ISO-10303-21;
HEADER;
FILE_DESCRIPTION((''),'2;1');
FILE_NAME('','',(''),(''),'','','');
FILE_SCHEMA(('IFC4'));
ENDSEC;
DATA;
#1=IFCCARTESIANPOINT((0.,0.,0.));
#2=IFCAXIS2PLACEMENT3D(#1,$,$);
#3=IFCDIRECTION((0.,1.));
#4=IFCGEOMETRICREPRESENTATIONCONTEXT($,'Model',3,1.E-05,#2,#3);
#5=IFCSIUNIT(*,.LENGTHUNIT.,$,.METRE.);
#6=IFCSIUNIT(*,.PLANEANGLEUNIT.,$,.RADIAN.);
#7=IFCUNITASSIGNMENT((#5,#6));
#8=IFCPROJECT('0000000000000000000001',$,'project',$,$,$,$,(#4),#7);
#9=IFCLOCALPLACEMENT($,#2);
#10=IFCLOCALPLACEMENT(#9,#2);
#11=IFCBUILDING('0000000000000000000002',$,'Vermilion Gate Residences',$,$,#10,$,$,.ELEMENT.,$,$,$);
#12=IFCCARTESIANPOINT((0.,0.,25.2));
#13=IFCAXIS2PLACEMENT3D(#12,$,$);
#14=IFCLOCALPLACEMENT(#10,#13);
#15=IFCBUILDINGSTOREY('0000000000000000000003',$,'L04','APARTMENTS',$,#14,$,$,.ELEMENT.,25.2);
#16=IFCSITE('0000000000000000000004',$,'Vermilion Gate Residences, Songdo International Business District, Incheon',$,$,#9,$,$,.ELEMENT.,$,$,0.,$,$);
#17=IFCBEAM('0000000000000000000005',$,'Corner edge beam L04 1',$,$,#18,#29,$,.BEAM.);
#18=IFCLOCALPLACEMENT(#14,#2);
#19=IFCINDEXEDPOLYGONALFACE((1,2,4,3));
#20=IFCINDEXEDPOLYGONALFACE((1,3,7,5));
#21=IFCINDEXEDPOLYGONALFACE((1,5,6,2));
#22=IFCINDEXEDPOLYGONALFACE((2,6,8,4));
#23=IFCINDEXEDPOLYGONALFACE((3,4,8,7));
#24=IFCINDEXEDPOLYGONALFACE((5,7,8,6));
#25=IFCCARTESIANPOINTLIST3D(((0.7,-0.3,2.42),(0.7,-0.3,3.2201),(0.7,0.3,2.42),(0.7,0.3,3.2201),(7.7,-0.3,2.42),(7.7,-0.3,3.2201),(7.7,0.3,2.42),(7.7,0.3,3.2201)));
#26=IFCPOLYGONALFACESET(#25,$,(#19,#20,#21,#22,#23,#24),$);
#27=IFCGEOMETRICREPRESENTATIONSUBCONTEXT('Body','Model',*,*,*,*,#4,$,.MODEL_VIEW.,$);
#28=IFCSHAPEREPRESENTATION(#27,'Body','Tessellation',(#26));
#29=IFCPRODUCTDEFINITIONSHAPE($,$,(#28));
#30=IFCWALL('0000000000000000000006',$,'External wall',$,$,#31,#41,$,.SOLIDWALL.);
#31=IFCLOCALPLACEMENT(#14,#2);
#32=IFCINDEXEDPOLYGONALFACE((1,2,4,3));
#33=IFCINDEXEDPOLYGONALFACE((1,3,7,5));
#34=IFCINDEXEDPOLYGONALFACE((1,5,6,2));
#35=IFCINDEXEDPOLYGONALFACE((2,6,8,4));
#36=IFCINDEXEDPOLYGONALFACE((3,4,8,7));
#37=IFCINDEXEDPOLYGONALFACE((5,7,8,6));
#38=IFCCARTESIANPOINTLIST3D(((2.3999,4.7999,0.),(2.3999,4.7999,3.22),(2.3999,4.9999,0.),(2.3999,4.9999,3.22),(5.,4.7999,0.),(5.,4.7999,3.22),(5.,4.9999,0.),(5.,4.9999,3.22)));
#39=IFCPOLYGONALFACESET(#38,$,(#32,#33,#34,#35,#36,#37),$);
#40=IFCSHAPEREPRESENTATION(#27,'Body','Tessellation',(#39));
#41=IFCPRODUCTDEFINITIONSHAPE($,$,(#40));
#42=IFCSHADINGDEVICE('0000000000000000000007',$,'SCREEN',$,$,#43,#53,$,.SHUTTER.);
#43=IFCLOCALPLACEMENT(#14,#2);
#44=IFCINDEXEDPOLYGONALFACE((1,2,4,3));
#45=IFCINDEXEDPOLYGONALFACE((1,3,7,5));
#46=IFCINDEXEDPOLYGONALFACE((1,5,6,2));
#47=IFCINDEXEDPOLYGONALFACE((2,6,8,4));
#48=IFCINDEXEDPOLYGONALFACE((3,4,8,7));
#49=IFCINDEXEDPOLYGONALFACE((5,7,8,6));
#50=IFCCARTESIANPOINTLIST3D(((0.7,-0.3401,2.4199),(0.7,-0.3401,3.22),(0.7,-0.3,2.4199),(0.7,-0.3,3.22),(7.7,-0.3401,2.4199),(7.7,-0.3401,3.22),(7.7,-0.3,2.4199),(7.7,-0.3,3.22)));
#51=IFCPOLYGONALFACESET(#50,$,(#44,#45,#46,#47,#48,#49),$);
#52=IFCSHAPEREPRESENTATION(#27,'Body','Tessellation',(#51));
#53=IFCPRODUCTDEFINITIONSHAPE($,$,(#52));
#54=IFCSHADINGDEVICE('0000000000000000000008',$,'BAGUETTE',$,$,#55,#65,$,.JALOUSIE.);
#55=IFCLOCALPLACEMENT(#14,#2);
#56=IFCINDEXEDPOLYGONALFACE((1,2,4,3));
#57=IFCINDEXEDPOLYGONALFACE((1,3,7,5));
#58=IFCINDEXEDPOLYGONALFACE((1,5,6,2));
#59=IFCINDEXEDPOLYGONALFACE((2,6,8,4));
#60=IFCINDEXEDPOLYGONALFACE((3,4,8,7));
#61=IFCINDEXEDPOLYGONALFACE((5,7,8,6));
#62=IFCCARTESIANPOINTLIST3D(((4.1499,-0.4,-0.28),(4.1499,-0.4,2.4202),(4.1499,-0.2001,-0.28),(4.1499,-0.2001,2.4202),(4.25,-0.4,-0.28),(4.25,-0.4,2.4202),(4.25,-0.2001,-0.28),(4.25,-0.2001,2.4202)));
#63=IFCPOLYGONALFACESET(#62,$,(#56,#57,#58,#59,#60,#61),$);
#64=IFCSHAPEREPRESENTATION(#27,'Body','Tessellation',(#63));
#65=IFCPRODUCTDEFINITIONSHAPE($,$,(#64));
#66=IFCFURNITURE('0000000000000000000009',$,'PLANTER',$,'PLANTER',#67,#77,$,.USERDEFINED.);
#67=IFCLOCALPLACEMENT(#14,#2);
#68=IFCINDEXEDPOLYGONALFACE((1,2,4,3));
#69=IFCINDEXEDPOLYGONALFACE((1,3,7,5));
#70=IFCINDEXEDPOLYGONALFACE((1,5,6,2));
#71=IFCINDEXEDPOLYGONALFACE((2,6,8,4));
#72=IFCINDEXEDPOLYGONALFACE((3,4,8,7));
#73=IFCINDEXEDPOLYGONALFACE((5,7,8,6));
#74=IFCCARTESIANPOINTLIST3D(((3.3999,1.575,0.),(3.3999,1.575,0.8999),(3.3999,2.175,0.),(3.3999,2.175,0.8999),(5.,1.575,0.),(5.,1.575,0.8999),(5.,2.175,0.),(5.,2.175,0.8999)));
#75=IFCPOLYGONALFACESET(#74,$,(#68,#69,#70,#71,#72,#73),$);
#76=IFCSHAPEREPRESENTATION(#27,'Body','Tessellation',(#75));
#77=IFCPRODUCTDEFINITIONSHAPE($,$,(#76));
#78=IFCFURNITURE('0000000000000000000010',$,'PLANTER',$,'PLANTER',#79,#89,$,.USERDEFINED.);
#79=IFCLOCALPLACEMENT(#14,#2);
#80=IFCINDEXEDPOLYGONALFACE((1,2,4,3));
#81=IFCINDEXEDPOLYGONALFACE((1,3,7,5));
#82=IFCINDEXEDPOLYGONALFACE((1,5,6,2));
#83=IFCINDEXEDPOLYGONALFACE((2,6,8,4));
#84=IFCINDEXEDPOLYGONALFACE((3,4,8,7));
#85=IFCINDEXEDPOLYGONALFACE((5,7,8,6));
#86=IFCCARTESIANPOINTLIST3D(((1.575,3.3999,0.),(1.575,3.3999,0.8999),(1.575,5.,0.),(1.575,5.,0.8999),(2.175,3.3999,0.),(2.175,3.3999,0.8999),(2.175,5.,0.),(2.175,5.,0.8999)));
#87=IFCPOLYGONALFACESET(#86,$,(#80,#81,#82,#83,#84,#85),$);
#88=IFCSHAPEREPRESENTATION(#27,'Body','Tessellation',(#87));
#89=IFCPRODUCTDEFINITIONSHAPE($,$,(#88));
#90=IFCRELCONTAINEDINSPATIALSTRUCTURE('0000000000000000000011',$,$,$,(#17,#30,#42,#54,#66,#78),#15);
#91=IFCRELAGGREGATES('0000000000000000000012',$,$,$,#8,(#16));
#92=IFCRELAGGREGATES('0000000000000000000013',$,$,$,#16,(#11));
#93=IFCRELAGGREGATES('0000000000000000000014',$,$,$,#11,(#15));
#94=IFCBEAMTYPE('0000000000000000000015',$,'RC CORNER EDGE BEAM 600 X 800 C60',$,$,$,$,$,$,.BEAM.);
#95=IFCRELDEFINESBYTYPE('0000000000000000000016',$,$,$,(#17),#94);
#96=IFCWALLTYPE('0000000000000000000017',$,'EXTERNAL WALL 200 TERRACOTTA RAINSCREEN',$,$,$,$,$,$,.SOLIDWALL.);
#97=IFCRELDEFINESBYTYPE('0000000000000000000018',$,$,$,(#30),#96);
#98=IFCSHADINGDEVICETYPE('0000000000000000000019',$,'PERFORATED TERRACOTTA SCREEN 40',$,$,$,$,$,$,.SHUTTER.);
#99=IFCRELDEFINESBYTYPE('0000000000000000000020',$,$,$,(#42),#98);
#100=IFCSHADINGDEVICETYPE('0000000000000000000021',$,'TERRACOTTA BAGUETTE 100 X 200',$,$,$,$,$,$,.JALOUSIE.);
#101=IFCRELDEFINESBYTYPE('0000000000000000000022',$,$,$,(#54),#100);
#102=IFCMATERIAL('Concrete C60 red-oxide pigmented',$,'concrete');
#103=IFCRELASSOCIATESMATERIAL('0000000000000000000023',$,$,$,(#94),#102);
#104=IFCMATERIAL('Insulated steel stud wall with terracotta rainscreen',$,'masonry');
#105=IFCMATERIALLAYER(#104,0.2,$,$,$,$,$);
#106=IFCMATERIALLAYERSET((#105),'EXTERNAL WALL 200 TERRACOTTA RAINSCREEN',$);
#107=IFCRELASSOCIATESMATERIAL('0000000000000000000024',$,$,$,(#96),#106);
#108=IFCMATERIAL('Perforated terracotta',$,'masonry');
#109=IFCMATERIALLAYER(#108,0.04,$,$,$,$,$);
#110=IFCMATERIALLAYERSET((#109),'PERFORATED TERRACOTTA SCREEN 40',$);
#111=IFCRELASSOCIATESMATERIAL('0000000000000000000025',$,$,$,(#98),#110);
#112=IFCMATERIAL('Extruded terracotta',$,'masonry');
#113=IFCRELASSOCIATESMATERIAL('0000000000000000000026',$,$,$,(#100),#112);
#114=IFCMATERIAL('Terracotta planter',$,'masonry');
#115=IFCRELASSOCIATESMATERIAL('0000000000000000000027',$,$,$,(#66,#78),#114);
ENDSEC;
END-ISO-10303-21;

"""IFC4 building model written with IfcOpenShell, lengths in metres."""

from ifc_helpers import new_model, si_unit, direction, frame, frame_2d, origin, origin_2d, place, context, subcontext, project, spatial, rectangle, extrude, material, layer, layer_set, material_profile, profile_set, type_object, element, save


model = new_model("IFC4")

# Units and contexts
model_context = context("Model", 3, precision=1e-05, world=origin(), true_north=direction((0.0, 1.0)))
body_context = subcontext(model_context, "Body", "Model", "MODEL_VIEW")
ifc_project = project(units=[si_unit("LENGTHUNIT", "METRE"), si_unit("PLANEANGLEUNIT", "RADIAN")], contexts=[model_context])

# Site, building, storey
site_placement = place(None, origin())
site = spatial("IfcSite", under=ifc_project, at=site_placement, Name="Vermilion Gate Residences, Songdo International Business District, Incheon", CompositionType="ELEMENT", RefElevation=0.0)
building_placement = place(site_placement, origin())
building = spatial("IfcBuilding", under=site, at=building_placement, Name="Vermilion Gate Residences", CompositionType="ELEMENT")
storey_placement = place(building_placement, frame((0.0, 0.0, 25.2)))
storey = spatial("IfcBuildingStorey", under=building, at=storey_placement, Name="L04", Description="APARTMENTS", CompositionType="ELEMENT", Elevation=25.2)

# Beam
ifc_material_1 = material(Name="Concrete C60 red-oxide pigmented", Category="concrete")
ifc_material_profile_1 = material_profile(ifc_material_1, rectangle(XDim=0.6001, YDim=0.8, at=origin_2d()), Name="RC-600x800")
ifc_profile_set_1 = profile_set([ifc_material_profile_1], Name="Concrete C60 red-oxide pigmented")
beam_type = type_object("IfcBeamType", Name="RC CORNER EDGE BEAM 600 X 800 C60", PredefinedType="BEAM", material=ifc_profile_set_1)
beam_placement = place(storey_placement, frame((0.7, 0.0, 2.8201), z_axis=(1.0, 0.0, 0.0), x_axis=(0.0, 1.0, 0.0)))
element("IfcBeam", 1, at=beam_placement, inside=storey, type_object=beam_type, Name="Corner edge beam L04 1", PredefinedType="BEAM", context=body_context, shape_type="SweptSolid", body=[
    extrude(rectangle(XDim=0.6001, YDim=0.8, at=origin_2d()), origin(), (0.0, 0.0, 1.0), 7.0),
])

# Wall
ifc_material_2 = material(Name="Insulated steel stud wall with terracotta rainscreen", Category="masonry")
ifc_layer_1 = layer(ifc_material_2, 0.2)
ifc_layer_set_1 = layer_set([ifc_layer_1], Name="EXTERNAL WALL 200 TERRACOTTA RAINSCREEN")
wall_type = type_object("IfcWallType", Name="EXTERNAL WALL 200 TERRACOTTA RAINSCREEN", PredefinedType="SOLIDWALL", material=ifc_layer_set_1)
wall_placement = place(storey_placement, frame((2.3999, 4.8999, 0.0), z_axis=(0.0, 0.0, 1.0), x_axis=(1.0, 0.0, 0.0)))
element("IfcWall", 2, at=wall_placement, inside=storey, type_object=wall_type, Name="External wall", PredefinedType="SOLIDWALL", context=body_context, shape_type="SweptSolid", body=[
    extrude(rectangle(XDim=2.6001, YDim=0.2, at=frame_2d((1.3, 0.0))), origin(), (0.0, 0.0, 1.0), 3.22),
])

# Shading devices
ifc_material_3 = material(Name="Perforated terracotta", Category="masonry")
ifc_layer_2 = layer(ifc_material_3, 0.04)
ifc_layer_set_2 = layer_set([ifc_layer_2], Name="PERFORATED TERRACOTTA SCREEN 40")
shading_device_type_1 = type_object("IfcShadingDeviceType", Name="PERFORATED TERRACOTTA SCREEN 40", PredefinedType="SHUTTER", material=ifc_layer_set_2)
shading_device_1_placement = place(storey_placement, frame((4.2, -0.3201, 2.4199), z_axis=(0.0, 0.0, 1.0), x_axis=(1.0, 0.0, 0.0)))
element("IfcShadingDevice", 3, at=shading_device_1_placement, inside=storey, type_object=shading_device_type_1, Name="SCREEN", PredefinedType="SHUTTER", context=body_context, shape_type="SweptSolid", body=[
    extrude(rectangle(XDim=7.0, YDim=0.04, at=origin_2d()), origin(), (0.0, 0.0, 1.0), 0.8),
])
ifc_material_4 = material(Name="Extruded terracotta", Category="masonry")
ifc_material_profile_2 = material_profile(ifc_material_4, rectangle(XDim=0.2, YDim=0.1001, at=origin_2d()), Name="BAGUETTE 100 X 200")
ifc_profile_set_2 = profile_set([ifc_material_profile_2], Name="Extruded terracotta")
shading_device_type_2 = type_object("IfcShadingDeviceType", Name="TERRACOTTA BAGUETTE 100 X 200", PredefinedType="JALOUSIE", material=ifc_profile_set_2)
shading_device_2_placement = place(storey_placement, frame((4.2, -0.3, -0.28), z_axis=(0.0, 0.0, 1.0), x_axis=(0.0, 1.0, 0.0)))
element("IfcShadingDevice", 4, at=shading_device_2_placement, inside=storey, type_object=shading_device_type_2, Name="BAGUETTE", PredefinedType="JALOUSIE", context=body_context, shape_type="SweptSolid", body=[
    extrude(rectangle(XDim=0.2, YDim=0.1001, at=origin_2d()), origin(), (0.0, 0.0, 1.0), 2.7002),
])

# Furniture
ifc_material_5 = material(Name="Terracotta planter", Category="masonry")
for number, where, z_axis, x_axis, name in (
    (5, (4.2, 1.875, 0.0), (0.0, 0.0, 1.0), (1.0, 0.0, 0.0), "PLANTER"),
    (6, (1.875, 4.2, 0.0), (0.0, 0.0, 1.0), (0.0, -1.0, 0.0), "PLANTER"),
):
    element("IfcFurniture", number, at=place(storey_placement, frame(where, z_axis=z_axis, x_axis=x_axis)), inside=storey, material=ifc_material_5, Name=name, ObjectType="PLANTER", PredefinedType="USERDEFINED", context=body_context, shape_type="SweptSolid", body=[
        extrude(rectangle(XDim=1.6001, YDim=0.6001, at=origin_2d()), origin(), (0.0, 0.0, 1.0), 0.8999),
    ])

save(model, "model.ifc")
